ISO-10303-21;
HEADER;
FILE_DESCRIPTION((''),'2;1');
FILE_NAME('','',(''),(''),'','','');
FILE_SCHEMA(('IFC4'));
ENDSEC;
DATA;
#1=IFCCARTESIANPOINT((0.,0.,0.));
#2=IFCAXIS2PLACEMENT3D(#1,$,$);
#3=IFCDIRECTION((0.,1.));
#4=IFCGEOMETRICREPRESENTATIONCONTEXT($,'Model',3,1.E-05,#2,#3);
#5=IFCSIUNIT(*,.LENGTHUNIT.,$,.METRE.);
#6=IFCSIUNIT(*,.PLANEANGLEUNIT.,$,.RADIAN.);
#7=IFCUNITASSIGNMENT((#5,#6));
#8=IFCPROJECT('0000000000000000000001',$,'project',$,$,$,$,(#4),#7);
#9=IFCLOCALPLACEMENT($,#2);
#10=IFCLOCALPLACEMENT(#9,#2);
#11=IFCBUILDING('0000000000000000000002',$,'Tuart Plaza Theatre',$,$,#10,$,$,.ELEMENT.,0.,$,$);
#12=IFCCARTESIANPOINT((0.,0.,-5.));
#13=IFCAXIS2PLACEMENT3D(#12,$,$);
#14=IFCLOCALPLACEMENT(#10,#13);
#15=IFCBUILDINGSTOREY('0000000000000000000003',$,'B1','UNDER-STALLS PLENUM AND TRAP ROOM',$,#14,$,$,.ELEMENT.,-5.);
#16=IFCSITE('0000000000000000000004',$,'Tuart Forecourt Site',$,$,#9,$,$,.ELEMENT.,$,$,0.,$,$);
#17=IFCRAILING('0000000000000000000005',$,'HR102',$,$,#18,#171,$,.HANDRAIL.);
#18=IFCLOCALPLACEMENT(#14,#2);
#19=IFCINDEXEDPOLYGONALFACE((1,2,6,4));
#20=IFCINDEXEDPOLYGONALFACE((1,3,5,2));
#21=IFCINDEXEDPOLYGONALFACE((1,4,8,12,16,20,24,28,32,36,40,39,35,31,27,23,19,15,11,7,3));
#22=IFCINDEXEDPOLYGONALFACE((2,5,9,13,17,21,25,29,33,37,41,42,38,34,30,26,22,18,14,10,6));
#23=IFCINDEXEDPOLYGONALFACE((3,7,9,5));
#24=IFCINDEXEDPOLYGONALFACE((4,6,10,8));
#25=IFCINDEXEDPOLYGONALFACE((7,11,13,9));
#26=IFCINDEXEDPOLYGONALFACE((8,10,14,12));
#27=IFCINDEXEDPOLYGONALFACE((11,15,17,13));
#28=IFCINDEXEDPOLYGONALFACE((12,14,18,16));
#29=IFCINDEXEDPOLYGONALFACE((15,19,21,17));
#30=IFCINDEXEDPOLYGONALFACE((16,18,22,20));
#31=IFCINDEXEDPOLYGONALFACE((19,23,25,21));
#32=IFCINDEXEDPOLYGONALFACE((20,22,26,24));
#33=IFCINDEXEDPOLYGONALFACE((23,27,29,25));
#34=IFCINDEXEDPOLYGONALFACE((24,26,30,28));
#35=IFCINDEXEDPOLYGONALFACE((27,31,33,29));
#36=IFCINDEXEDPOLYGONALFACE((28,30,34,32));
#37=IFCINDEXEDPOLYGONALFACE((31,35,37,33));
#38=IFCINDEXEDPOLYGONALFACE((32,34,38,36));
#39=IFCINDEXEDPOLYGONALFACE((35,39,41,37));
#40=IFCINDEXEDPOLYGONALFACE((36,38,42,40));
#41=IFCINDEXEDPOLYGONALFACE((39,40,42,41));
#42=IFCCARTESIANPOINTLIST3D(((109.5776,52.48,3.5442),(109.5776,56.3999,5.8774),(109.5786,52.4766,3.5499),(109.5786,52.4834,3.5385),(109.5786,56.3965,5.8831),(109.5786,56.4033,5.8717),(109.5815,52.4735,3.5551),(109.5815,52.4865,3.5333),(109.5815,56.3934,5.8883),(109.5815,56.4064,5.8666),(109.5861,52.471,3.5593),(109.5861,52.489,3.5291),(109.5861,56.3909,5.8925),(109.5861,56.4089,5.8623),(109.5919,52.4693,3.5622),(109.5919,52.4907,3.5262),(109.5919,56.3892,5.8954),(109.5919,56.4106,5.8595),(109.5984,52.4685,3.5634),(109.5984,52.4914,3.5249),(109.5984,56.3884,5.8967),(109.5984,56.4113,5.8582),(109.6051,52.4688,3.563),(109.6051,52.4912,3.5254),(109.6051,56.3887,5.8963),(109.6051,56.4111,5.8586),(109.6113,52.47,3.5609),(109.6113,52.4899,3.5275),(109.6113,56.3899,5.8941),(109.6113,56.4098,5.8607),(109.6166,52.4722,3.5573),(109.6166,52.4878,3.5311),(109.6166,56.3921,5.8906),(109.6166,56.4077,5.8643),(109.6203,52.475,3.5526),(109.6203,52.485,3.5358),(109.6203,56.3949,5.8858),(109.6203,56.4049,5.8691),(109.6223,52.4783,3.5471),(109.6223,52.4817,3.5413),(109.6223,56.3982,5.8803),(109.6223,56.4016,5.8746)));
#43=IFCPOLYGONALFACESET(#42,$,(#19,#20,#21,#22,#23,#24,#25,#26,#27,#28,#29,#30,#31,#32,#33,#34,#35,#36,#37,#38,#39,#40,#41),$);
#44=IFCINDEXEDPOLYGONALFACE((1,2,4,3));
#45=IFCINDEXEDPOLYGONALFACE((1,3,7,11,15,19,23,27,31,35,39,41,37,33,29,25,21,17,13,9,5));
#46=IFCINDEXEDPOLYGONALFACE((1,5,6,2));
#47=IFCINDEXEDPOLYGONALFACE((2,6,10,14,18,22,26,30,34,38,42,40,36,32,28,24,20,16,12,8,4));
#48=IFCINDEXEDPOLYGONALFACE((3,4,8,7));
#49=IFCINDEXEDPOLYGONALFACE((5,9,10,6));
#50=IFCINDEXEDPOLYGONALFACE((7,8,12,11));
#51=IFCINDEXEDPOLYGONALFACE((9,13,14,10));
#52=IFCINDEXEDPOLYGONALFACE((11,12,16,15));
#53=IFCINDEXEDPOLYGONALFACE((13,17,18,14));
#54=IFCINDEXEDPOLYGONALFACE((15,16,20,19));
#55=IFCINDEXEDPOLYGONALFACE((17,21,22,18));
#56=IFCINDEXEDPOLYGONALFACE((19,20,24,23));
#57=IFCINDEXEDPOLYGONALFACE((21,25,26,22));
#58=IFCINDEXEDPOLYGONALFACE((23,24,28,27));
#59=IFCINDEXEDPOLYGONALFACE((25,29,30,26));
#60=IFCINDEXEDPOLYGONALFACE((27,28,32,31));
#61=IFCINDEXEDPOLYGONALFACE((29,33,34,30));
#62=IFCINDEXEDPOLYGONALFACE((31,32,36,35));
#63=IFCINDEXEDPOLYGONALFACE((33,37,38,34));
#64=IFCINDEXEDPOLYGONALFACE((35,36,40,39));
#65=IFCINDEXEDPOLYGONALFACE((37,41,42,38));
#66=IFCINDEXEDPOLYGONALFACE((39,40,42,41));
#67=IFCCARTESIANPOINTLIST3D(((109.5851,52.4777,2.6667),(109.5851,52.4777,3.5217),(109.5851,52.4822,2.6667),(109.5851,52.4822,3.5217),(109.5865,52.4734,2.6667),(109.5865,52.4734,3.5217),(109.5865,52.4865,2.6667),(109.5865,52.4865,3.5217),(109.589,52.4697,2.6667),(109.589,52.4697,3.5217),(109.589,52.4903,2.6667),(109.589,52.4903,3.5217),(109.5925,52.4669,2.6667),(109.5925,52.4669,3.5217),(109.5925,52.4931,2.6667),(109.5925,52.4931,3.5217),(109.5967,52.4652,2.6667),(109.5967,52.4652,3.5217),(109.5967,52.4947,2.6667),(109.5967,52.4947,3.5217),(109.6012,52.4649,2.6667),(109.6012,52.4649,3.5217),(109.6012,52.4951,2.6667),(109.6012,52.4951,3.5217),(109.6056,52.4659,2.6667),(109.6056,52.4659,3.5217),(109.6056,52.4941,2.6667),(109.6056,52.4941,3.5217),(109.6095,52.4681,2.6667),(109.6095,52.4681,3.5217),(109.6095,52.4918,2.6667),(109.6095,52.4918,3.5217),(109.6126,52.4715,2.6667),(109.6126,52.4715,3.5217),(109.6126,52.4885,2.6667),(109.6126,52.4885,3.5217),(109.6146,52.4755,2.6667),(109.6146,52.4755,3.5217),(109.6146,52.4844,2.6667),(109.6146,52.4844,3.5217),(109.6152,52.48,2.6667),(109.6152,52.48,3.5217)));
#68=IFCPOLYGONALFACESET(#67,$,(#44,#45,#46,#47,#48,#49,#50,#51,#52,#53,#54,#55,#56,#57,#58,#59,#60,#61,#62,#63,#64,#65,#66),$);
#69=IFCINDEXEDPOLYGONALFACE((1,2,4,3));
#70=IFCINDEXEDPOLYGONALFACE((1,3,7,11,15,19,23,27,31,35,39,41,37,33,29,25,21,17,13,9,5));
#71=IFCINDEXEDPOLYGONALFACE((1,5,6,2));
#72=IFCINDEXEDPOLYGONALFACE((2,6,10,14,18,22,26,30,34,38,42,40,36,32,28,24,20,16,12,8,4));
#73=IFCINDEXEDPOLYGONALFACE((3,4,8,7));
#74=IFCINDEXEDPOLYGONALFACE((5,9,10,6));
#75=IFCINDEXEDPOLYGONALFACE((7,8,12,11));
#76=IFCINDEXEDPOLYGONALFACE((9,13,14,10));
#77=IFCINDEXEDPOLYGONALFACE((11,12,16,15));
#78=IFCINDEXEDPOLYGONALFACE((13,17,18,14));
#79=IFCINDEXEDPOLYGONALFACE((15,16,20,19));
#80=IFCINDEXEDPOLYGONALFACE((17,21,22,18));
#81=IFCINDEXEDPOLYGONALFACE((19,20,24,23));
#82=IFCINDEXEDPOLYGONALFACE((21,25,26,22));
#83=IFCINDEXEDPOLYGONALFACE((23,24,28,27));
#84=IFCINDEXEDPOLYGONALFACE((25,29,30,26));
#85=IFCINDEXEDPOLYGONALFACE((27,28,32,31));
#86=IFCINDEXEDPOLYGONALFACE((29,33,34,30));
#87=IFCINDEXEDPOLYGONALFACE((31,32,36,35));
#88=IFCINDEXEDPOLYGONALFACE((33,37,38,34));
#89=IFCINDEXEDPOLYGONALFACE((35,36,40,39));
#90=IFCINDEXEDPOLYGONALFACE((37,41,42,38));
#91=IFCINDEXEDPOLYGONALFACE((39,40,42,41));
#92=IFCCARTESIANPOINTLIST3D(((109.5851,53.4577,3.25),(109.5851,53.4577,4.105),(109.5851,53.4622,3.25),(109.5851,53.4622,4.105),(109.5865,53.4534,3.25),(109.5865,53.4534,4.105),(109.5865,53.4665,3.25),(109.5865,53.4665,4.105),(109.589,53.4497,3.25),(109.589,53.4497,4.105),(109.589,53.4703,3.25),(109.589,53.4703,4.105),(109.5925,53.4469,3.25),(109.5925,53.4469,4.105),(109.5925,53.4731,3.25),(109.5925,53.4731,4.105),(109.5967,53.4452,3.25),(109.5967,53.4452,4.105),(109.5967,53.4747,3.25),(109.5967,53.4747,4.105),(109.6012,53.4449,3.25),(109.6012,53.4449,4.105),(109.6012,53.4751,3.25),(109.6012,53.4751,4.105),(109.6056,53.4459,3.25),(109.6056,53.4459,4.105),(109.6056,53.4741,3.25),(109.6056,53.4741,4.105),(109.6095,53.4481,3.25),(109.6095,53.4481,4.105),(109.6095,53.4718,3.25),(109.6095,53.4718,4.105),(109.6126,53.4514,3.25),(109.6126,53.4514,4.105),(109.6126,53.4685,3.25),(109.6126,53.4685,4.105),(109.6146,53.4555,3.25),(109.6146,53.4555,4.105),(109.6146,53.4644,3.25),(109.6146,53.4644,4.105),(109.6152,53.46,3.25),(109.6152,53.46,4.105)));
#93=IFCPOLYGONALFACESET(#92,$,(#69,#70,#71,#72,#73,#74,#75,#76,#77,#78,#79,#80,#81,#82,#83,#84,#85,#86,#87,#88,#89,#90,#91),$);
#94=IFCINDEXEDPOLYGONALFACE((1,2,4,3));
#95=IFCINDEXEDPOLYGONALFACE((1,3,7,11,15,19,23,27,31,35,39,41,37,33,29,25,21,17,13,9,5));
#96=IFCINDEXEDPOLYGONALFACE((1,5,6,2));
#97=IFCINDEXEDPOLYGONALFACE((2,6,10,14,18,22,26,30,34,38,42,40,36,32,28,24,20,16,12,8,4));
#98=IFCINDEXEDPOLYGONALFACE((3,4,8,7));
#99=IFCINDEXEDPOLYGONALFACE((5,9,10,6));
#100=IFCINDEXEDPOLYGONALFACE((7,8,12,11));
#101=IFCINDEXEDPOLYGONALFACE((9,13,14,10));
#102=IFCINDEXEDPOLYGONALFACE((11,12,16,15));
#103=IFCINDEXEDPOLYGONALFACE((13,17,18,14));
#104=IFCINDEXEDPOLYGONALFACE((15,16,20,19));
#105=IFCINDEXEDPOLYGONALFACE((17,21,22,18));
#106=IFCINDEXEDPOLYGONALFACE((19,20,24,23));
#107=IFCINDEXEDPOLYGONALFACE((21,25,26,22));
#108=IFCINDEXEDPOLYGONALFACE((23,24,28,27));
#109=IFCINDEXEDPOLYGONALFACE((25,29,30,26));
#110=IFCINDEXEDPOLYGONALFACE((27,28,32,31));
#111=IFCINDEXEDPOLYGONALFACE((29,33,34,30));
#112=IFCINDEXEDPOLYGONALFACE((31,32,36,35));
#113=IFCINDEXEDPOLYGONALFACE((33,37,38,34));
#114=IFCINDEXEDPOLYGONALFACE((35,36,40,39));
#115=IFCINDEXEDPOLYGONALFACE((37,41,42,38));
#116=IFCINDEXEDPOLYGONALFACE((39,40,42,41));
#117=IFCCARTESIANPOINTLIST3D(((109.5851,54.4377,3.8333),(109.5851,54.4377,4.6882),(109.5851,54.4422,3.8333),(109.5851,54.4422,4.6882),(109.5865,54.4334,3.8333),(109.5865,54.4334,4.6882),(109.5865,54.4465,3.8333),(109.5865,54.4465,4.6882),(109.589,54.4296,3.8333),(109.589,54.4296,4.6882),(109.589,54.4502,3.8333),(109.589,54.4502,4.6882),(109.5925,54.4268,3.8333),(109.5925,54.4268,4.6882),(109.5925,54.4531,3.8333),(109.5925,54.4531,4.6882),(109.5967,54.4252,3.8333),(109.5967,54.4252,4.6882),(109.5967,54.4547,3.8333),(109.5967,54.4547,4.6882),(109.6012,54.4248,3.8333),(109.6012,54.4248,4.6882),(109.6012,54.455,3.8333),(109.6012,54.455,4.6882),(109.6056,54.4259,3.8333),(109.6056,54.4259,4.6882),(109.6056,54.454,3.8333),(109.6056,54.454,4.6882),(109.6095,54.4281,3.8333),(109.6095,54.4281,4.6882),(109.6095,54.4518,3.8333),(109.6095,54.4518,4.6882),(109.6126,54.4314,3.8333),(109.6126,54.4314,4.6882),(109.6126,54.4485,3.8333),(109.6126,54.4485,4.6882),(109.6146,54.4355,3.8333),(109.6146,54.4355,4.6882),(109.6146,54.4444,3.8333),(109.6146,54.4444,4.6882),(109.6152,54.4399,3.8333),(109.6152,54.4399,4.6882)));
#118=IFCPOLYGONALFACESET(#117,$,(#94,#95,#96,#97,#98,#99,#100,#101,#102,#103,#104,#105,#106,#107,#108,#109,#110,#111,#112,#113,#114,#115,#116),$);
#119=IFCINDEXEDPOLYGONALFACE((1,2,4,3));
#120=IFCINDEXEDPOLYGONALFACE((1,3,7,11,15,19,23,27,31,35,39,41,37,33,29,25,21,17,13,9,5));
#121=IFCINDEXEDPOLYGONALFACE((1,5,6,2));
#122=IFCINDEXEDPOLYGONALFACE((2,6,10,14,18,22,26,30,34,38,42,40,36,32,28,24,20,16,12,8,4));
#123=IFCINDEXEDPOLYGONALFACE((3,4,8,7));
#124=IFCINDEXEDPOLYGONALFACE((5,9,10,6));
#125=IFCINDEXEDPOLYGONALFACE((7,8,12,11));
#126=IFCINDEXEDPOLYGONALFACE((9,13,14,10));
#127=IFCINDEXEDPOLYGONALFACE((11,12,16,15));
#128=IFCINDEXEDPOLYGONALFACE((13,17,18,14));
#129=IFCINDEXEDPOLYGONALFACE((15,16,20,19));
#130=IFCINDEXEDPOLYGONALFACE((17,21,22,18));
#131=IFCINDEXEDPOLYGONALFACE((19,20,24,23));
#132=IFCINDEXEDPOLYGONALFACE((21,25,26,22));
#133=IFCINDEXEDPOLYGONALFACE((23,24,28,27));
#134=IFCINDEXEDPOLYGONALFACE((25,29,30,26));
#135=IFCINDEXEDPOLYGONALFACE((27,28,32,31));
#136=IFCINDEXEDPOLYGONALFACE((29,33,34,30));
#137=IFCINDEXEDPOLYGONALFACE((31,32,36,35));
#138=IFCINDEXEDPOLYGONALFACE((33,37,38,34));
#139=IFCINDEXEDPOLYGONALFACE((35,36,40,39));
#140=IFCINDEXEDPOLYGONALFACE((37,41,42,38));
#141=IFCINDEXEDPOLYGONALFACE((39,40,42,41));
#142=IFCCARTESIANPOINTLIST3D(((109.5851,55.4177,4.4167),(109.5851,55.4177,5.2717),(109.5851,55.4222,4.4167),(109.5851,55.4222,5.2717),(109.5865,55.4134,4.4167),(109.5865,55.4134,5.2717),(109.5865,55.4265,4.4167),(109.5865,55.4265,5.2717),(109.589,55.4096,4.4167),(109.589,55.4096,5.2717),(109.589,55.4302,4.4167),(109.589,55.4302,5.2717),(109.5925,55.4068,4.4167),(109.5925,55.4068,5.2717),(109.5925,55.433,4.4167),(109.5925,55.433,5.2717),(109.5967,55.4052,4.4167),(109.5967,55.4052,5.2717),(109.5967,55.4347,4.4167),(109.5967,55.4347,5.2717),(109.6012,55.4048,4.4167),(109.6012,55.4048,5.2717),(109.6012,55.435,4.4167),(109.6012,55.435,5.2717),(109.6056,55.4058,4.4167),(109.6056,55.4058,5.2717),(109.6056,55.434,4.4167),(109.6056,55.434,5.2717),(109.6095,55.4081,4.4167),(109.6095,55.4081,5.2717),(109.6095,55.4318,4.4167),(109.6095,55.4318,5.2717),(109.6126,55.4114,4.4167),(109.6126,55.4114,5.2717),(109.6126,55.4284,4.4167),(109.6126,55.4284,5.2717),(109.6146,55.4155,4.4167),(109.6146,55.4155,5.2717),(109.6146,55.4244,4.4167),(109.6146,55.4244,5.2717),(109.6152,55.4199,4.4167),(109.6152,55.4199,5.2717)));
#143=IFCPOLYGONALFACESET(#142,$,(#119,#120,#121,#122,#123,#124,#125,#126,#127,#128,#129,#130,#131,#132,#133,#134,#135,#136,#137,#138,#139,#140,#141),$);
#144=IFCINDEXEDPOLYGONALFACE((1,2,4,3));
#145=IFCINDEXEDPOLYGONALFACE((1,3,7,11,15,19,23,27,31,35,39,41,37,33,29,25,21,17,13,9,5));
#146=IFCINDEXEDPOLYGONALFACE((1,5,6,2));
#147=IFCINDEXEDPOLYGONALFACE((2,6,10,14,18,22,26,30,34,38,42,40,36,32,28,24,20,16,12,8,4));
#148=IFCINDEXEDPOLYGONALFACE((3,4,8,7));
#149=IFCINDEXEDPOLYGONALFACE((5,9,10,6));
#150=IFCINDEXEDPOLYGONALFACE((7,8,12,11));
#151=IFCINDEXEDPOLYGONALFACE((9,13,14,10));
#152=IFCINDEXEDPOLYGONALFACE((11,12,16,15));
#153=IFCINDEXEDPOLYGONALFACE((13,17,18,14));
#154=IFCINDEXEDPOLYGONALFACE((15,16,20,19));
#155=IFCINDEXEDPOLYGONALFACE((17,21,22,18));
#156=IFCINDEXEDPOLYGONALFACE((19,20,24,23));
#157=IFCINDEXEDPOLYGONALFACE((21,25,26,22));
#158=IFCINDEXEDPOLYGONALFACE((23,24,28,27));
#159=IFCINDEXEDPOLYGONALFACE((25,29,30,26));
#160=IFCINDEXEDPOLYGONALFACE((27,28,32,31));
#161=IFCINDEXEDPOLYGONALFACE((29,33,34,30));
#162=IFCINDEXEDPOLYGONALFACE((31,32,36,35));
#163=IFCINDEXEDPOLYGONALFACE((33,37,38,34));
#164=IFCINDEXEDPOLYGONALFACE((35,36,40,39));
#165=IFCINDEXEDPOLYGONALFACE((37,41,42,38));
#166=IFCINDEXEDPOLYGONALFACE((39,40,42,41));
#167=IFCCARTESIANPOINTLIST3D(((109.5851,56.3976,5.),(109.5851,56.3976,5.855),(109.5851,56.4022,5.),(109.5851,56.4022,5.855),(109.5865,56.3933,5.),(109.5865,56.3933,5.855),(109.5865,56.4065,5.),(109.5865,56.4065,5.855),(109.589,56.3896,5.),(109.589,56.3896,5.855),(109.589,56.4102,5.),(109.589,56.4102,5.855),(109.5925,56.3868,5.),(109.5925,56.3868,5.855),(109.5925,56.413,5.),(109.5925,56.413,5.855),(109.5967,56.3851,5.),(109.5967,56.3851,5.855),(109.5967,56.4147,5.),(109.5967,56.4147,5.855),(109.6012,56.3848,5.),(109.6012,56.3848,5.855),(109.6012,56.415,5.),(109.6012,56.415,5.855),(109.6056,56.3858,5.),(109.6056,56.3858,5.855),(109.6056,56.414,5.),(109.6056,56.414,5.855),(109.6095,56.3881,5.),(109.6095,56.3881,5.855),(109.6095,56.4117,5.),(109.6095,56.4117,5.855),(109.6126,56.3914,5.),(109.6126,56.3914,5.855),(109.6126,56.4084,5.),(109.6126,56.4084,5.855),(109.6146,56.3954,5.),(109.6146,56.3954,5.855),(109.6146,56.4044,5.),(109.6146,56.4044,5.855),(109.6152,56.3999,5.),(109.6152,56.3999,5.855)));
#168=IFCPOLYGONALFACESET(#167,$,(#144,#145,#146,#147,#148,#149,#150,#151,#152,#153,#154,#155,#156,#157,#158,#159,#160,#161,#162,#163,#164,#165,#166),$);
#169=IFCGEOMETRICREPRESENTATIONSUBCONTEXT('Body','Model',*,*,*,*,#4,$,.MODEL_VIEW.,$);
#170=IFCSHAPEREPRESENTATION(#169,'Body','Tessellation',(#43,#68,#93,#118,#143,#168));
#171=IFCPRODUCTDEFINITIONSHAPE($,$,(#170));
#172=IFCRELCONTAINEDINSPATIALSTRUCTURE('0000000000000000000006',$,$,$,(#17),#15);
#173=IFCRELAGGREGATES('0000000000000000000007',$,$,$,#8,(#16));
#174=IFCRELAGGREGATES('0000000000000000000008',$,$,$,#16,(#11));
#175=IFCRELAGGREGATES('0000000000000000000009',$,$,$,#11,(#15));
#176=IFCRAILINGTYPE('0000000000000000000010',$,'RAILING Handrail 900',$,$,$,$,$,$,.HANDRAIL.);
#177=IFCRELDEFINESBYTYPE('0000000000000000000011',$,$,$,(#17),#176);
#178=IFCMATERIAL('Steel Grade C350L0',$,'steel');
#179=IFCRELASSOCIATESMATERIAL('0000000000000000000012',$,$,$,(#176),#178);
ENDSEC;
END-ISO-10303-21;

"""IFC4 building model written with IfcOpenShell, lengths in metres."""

from ifc_helpers import new_model, si_unit, direction, frame, origin, origin_2d, place, context, subcontext, project, spatial, circle, extrude, material, type_object, element, save


model = new_model("IFC4")

# Units and contexts
model_context = context("Model", 3, precision=1e-05, world=origin(), true_north=direction((0.0, 1.0)))
body_context = subcontext(model_context, "Body", "Model", "MODEL_VIEW")
ifc_project = project(units=[si_unit("LENGTHUNIT", "METRE"), si_unit("PLANEANGLEUNIT", "RADIAN")], contexts=[model_context])

# Site, building, storey
site_placement = place(None, origin())
site = spatial("IfcSite", under=ifc_project, at=site_placement, Name="Tuart Forecourt Site", CompositionType="ELEMENT", RefElevation=0.0)
building_placement = place(site_placement, origin())
building = spatial("IfcBuilding", under=site, at=building_placement, Name="Tuart Plaza Theatre", CompositionType="ELEMENT", ElevationOfRefHeight=0.0)
storey_placement = place(building_placement, frame((0.0, 0.0, -5.0)))
storey = spatial("IfcBuildingStorey", under=building, at=storey_placement, Name="B1", Description="UNDER-STALLS PLENUM AND TRAP ROOM", CompositionType="ELEMENT", Elevation=-5.0)

# Railing
ifc_material_1 = material(Name="Steel Grade C350L0", Category="steel")
railing_type_1 = type_object("IfcRailingType", Name="RAILING Handrail 900", PredefinedType="HANDRAIL", material=ifc_material_1)
for number, where, name in (
    (1, (109.6001, 52.48, 2.6667), "HR102"),
):
    element("IfcRailing", number, at=place(storey_placement, frame(where)), inside=storey, type_object=railing_type_1, Name=name, PredefinedType="HANDRAIL", context=body_context, shape_type="SweptSolid", body=[
        extrude(circle(Radius=0.0225, at=origin_2d()), frame((0.0, 0.0, 0.8774), z_axis=(0.0, 0.859296, 0.511478), x_axis=(-1.0, 0.0, 0.0)), (0.0, 0.0, 1.0), 4.5618),
        extrude(circle(Radius=0.0151, at=origin_2d()), origin(), (0.0, 0.0, 1.0), 0.855),
        extrude(circle(Radius=0.0151, at=origin_2d()), frame((0.0, 0.98, 0.5833)), (0.0, 0.0, 1.0), 0.855),
        extrude(circle(Radius=0.0151, at=origin_2d()), frame((0.0, 1.96, 1.1665)), (0.0, 0.0, 1.0), 0.855),
        extrude(circle(Radius=0.0151, at=origin_2d()), frame((0.0, 2.9399, 1.75)), (0.0, 0.0, 1.0), 0.855),
        extrude(circle(Radius=0.0151, at=origin_2d()), frame((0.0, 3.9199, 2.3333)), (0.0, 0.0, 1.0), 0.855),
    ])

save(model, "model.ifc")
